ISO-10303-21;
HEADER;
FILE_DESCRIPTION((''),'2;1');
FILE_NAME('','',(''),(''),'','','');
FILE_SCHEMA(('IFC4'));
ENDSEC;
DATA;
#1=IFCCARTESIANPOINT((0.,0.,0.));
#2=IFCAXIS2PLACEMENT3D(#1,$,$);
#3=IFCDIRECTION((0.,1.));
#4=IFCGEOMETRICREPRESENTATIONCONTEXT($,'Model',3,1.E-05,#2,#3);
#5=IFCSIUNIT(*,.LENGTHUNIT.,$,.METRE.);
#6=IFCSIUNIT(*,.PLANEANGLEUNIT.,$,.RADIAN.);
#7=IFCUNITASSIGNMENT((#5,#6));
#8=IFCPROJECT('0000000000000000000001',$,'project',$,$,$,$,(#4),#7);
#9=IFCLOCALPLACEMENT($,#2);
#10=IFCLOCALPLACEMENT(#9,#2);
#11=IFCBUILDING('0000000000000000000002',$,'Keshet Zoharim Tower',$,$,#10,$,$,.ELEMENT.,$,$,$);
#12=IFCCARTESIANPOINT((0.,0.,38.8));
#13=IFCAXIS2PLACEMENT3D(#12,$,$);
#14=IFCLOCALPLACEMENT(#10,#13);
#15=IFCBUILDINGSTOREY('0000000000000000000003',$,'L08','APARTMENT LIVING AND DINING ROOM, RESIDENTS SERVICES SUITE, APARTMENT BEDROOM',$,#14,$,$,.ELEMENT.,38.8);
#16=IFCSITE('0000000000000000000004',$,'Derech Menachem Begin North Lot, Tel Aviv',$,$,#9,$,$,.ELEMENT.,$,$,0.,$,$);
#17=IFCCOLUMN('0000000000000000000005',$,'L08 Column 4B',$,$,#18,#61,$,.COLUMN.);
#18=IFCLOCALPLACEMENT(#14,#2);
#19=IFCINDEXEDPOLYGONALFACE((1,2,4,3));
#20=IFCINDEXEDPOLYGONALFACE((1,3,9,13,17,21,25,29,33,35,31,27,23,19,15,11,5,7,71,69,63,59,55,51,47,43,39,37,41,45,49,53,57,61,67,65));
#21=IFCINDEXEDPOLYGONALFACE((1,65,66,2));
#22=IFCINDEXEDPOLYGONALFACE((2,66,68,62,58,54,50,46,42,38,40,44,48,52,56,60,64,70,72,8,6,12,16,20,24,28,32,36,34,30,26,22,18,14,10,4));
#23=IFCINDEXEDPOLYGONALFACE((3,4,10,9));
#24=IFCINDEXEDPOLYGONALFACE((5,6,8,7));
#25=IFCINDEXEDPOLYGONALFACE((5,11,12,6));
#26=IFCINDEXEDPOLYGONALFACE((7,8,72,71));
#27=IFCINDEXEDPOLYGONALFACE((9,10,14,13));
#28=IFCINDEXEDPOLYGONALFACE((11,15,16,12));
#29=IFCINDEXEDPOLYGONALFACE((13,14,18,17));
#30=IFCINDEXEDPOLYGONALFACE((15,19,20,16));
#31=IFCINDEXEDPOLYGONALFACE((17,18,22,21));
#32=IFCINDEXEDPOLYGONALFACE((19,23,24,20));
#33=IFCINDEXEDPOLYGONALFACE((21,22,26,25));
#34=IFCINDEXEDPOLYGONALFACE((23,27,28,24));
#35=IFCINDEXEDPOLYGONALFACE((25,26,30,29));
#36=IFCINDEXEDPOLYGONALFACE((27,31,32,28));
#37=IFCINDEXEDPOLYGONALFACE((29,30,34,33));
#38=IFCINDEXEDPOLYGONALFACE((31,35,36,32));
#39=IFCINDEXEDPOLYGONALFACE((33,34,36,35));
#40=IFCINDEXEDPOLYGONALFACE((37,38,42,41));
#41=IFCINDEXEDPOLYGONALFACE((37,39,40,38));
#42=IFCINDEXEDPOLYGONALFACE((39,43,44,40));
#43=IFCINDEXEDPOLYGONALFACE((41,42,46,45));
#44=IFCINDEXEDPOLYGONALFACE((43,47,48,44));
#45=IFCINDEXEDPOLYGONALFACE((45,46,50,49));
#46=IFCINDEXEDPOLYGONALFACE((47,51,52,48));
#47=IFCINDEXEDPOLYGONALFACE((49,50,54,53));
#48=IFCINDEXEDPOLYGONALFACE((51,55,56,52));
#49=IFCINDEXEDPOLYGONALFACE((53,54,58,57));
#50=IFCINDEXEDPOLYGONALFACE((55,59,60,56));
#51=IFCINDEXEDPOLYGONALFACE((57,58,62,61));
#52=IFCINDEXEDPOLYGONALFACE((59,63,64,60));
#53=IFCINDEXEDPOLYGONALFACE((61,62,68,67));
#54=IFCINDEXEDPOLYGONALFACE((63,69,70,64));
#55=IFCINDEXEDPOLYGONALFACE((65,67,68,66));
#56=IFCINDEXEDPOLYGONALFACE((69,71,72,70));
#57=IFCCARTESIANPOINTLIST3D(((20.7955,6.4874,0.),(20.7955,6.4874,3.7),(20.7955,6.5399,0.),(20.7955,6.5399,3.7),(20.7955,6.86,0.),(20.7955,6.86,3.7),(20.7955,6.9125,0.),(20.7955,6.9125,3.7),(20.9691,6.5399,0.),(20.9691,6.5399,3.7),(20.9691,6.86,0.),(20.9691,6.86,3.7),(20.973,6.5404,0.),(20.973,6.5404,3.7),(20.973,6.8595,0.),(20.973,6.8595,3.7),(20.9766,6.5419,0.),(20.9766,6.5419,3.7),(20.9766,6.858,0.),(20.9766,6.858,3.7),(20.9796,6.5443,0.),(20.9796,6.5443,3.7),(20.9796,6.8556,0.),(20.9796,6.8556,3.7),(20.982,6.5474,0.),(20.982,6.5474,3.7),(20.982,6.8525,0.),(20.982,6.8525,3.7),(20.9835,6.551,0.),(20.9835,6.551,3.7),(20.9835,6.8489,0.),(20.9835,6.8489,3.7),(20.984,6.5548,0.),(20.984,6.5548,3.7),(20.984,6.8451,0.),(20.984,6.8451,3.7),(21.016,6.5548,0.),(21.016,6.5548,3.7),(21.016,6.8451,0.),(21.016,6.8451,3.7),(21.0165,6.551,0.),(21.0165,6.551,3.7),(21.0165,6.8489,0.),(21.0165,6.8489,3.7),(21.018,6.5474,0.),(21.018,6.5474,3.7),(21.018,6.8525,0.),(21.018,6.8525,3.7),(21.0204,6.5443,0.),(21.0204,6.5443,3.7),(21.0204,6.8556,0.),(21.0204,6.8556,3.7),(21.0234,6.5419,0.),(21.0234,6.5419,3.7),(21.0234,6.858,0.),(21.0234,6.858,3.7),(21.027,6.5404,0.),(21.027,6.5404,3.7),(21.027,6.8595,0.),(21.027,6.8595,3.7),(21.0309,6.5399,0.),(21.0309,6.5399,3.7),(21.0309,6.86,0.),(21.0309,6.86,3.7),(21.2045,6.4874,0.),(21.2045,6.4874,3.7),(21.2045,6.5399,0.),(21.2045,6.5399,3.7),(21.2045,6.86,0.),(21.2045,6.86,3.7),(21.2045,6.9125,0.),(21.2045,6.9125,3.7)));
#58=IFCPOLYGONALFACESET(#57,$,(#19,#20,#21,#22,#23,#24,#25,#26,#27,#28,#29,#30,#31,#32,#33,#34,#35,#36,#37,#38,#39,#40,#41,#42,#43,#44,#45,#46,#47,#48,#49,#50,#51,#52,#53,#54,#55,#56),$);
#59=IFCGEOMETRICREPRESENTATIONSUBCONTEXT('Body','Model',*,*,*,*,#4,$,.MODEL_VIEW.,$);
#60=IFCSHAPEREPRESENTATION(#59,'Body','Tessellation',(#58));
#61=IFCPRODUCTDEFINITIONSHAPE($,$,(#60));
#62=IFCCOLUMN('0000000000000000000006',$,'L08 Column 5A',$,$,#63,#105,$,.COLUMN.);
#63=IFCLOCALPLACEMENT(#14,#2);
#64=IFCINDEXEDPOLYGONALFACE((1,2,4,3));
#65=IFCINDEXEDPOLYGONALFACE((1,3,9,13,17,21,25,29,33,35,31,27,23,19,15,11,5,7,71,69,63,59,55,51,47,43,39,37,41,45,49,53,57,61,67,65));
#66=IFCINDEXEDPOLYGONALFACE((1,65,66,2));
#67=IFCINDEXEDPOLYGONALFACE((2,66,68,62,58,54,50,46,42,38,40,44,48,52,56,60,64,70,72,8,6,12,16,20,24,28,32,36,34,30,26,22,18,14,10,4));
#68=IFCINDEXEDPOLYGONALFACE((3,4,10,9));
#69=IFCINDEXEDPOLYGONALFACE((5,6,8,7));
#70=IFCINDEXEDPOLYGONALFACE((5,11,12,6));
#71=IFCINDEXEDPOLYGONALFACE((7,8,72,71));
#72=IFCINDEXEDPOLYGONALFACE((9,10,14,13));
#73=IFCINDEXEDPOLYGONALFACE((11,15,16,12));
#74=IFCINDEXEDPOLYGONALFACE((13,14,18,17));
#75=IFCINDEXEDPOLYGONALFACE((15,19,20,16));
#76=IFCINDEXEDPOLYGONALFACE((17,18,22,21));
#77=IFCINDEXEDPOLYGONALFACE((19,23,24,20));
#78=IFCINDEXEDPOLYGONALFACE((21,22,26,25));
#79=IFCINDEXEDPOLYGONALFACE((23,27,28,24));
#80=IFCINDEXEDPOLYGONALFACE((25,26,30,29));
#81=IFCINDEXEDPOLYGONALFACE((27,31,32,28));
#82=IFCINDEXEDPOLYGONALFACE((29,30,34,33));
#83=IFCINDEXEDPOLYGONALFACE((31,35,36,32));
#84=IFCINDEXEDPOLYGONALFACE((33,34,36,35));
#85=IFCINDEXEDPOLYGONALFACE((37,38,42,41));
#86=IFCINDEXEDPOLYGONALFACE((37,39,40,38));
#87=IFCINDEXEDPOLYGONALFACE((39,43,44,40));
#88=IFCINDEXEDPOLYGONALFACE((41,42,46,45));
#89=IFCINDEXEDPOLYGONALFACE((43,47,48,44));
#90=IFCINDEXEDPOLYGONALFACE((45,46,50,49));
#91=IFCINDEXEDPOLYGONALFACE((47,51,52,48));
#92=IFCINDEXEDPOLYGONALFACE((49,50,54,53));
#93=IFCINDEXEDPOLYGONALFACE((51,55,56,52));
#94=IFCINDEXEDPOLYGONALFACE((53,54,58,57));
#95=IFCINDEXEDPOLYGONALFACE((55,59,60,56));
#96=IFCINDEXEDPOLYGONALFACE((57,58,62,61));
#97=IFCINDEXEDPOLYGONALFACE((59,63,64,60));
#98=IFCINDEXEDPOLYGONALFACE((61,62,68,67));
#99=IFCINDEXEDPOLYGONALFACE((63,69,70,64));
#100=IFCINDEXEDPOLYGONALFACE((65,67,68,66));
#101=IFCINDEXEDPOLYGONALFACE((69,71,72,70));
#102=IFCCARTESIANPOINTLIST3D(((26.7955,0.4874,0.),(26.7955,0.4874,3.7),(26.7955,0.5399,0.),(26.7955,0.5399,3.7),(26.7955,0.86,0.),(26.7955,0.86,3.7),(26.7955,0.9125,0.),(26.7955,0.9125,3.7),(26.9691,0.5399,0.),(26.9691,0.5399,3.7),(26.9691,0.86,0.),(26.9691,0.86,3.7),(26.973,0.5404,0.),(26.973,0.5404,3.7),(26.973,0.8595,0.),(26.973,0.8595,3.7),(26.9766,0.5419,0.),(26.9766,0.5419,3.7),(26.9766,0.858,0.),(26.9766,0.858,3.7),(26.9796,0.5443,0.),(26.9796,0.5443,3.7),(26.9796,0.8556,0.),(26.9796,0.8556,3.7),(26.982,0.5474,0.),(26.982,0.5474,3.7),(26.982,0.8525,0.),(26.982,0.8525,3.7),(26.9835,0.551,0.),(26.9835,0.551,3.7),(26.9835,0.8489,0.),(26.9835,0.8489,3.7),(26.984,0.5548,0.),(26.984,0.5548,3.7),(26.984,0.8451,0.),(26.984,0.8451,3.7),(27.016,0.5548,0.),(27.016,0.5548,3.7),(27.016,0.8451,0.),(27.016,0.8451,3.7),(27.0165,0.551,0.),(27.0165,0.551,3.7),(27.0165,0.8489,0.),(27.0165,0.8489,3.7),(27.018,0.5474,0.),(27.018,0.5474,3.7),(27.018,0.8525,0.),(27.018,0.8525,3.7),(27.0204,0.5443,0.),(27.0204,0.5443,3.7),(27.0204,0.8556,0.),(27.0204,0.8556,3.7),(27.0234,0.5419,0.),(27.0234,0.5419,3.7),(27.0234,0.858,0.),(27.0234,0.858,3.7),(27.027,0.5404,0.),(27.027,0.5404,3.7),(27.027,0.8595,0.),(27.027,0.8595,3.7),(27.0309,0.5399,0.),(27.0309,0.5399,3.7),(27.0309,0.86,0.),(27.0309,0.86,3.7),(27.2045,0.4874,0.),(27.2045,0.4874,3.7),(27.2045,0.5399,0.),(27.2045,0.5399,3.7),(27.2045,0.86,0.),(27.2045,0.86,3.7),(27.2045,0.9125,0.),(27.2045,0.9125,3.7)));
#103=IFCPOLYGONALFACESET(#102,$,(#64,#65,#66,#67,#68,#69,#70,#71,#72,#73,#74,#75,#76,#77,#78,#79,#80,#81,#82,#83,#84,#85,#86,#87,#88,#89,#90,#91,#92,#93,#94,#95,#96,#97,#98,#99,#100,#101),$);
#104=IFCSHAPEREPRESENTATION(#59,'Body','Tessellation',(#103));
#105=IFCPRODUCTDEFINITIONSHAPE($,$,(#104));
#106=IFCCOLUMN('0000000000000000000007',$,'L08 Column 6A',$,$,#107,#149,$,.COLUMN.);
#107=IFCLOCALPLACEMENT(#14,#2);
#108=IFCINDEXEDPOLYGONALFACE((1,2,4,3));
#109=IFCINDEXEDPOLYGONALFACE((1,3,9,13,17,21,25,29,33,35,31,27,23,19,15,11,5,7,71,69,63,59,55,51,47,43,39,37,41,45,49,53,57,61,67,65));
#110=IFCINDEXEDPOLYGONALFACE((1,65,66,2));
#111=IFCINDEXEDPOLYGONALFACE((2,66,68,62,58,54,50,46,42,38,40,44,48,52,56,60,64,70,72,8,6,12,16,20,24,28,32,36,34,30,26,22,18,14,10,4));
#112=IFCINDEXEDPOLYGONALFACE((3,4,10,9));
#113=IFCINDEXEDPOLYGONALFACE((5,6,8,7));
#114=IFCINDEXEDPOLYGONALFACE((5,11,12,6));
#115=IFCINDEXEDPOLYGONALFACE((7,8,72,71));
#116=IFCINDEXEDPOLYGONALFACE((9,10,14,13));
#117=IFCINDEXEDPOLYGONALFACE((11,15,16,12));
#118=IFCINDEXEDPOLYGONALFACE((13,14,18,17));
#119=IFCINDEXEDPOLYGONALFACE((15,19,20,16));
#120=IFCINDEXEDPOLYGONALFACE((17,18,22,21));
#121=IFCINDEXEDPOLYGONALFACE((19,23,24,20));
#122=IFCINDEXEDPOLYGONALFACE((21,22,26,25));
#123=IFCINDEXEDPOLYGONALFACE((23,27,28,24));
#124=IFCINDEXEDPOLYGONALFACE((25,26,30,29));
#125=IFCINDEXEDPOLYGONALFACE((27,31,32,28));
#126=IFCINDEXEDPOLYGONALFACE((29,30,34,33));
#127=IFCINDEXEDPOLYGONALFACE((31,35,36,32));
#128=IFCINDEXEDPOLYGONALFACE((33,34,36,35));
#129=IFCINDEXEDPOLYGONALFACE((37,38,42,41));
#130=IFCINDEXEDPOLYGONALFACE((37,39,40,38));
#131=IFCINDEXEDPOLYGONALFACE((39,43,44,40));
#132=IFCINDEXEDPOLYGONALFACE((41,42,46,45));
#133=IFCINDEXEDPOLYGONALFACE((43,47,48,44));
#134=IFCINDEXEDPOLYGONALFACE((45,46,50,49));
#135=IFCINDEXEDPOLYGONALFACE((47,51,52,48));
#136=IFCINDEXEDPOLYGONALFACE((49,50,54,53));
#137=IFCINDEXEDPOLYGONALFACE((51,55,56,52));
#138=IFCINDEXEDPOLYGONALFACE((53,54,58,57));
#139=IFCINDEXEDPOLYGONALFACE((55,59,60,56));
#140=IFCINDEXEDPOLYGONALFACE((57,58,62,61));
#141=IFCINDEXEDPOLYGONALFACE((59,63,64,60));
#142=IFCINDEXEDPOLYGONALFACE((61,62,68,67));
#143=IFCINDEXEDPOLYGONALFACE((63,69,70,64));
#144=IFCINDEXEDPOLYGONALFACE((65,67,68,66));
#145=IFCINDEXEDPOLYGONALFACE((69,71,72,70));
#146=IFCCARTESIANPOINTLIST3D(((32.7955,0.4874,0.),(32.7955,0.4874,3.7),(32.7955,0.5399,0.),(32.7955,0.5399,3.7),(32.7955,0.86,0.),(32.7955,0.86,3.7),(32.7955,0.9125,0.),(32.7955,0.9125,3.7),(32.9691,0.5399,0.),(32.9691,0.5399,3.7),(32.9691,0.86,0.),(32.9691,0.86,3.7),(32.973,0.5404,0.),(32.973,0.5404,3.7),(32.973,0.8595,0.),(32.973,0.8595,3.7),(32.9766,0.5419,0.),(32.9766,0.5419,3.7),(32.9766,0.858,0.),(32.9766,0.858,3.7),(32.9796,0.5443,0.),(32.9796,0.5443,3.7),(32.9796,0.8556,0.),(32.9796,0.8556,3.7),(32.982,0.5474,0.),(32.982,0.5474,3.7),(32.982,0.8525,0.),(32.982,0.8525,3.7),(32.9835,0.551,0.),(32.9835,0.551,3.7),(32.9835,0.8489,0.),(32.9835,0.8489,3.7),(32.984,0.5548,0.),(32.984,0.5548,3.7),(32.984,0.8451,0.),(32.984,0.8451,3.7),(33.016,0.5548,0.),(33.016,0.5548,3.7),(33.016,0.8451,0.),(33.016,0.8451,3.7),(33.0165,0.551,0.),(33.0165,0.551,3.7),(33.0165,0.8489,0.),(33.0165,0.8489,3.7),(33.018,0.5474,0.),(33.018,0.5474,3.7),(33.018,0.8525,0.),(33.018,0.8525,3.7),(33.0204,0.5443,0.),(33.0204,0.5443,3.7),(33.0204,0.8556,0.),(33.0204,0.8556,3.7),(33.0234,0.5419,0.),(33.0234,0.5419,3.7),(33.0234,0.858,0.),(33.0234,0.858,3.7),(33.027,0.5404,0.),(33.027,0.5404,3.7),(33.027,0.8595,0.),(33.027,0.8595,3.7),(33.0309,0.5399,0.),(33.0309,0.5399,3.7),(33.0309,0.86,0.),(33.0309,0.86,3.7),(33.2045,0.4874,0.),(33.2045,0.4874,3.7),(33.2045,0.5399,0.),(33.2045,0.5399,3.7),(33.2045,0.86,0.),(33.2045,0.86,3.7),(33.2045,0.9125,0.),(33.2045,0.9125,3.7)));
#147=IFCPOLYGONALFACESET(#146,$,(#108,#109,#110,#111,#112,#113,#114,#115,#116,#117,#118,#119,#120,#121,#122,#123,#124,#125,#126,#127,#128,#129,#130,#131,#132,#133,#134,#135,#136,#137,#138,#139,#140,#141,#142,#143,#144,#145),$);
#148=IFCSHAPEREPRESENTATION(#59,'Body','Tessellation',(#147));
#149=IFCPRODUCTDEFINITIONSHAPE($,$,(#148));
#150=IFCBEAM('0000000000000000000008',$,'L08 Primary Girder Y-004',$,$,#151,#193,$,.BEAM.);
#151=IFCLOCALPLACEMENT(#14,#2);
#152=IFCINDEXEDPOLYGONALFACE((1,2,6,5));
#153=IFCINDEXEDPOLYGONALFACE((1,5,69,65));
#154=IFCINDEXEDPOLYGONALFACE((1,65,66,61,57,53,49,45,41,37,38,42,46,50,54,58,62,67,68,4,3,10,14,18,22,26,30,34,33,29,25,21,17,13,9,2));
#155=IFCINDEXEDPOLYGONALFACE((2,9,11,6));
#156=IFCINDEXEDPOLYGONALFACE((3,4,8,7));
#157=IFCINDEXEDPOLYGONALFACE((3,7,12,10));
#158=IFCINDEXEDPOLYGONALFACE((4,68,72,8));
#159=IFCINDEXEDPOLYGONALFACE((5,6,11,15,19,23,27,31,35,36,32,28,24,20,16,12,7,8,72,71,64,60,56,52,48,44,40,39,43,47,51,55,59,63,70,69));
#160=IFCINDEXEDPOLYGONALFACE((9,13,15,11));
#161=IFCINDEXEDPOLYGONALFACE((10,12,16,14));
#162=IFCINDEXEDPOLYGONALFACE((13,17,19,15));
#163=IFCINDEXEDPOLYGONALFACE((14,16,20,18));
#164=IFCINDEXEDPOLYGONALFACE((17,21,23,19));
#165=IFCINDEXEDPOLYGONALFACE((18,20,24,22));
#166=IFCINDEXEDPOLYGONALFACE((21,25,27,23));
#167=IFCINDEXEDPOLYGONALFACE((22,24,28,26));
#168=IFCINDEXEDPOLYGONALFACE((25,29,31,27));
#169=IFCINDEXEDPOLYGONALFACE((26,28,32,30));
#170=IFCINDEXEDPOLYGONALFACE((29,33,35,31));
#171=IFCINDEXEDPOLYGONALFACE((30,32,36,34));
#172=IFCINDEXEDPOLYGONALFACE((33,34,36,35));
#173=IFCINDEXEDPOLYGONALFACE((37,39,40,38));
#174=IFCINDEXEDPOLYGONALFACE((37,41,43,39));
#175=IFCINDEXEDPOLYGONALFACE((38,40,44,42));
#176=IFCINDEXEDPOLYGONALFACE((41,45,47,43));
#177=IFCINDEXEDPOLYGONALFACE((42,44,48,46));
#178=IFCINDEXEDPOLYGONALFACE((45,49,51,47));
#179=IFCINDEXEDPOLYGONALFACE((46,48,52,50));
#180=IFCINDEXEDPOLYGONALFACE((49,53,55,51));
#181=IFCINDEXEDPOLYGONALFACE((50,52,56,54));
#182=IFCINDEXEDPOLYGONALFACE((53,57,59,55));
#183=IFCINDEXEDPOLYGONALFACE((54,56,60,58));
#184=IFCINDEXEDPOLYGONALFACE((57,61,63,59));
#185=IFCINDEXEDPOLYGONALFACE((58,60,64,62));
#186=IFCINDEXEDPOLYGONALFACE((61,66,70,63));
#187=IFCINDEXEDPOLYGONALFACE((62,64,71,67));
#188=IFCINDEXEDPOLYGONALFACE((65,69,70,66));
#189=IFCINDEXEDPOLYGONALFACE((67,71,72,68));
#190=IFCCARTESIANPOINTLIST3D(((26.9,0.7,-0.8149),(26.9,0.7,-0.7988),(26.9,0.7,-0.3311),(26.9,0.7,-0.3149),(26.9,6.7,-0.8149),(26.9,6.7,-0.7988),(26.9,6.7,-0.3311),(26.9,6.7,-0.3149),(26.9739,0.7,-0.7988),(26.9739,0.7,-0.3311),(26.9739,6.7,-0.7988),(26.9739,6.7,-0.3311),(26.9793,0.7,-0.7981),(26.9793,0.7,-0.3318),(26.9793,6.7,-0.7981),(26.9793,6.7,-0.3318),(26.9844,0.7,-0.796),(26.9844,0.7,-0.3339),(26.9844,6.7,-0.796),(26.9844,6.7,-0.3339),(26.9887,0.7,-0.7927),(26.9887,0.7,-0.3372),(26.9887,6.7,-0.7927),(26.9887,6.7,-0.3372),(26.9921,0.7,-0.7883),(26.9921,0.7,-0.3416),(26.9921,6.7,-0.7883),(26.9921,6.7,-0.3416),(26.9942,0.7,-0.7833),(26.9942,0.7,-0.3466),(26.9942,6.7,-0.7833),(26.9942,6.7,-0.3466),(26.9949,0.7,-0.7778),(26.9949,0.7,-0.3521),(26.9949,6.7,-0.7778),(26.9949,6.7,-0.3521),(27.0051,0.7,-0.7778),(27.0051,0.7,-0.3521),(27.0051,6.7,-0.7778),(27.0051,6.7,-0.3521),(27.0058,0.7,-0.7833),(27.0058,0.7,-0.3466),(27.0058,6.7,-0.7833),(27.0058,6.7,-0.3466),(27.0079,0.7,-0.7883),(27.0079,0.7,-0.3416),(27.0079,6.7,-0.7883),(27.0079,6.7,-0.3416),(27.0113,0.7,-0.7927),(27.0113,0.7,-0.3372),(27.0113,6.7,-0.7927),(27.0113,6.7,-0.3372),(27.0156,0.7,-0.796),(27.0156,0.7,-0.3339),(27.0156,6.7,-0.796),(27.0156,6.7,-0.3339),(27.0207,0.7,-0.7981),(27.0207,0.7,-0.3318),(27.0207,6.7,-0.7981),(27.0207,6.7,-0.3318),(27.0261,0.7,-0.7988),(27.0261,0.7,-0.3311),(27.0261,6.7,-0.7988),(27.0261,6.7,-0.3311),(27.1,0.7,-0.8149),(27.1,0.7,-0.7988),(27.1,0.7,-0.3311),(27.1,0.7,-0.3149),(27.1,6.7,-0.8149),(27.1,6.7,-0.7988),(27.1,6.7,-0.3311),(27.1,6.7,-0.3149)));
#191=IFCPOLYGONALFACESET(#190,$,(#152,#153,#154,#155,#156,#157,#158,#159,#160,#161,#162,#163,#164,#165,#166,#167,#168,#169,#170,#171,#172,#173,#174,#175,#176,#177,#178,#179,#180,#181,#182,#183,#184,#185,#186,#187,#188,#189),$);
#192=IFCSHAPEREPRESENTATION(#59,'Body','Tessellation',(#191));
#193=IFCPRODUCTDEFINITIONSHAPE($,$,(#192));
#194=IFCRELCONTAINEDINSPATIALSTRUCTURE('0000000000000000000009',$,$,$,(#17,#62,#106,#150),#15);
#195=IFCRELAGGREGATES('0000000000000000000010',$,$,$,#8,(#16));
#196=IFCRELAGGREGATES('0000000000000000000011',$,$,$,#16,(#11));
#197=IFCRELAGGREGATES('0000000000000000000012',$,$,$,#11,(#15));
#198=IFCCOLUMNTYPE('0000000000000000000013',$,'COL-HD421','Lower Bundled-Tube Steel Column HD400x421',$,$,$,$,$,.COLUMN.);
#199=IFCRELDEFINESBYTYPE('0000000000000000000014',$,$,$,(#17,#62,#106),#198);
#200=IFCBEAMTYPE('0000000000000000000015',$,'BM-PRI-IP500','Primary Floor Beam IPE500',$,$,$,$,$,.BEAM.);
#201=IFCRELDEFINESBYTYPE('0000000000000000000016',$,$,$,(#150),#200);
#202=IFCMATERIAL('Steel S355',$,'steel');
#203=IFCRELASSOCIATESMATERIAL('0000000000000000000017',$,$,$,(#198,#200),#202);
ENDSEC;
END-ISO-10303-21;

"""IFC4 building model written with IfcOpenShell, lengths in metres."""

from ifc_helpers import new_model, si_unit, direction, frame, origin, origin_2d, place, context, subcontext, project, spatial, i_section, extrude, material, material_profile, profile_set, type_object, element, save


model = new_model("IFC4")

# Units and contexts
model_context = context("Model", 3, precision=1e-05, world=origin(), true_north=direction((0.0, 1.0)))
body_context = subcontext(model_context, "Body", "Model", "MODEL_VIEW")
ifc_project = project(units=[si_unit("LENGTHUNIT", "METRE"), si_unit("PLANEANGLEUNIT", "RADIAN")], contexts=[model_context])

# Site, building, storey
site_placement = place(None, origin())
site = spatial("IfcSite", under=ifc_project, at=site_placement, Name="Derech Menachem Begin North Lot, Tel Aviv", CompositionType="ELEMENT", RefElevation=0.0)
building_placement = place(site_placement, origin())
building = spatial("IfcBuilding", under=site, at=building_placement, Name="Keshet Zoharim Tower", CompositionType="ELEMENT")
storey_placement = place(building_placement, frame((0.0, 0.0, 38.8)))
storey = spatial("IfcBuildingStorey", under=building, at=storey_placement, Name="L08", Description="APARTMENT LIVING AND DINING ROOM, RESIDENTS SERVICES SUITE, APARTMENT BEDROOM", CompositionType="ELEMENT", Elevation=38.8)

# Columns
ifc_material_1 = material(Name="Steel S355", Category="steel")
ifc_material_profile_1 = material_profile(ifc_material_1, i_section(OverallWidth=0.4089, OverallDepth=0.425, WebThickness=0.032, FlangeThickness=0.0525, FilletRadius=0.0149, at=origin_2d()), Name="HD400x421")
ifc_profile_set_1 = profile_set([ifc_material_profile_1], Name="Steel S355")
column_type = type_object("IfcColumnType", Name="COL-HD421", Description="Lower Bundled-Tube Steel Column HD400x421", PredefinedType="COLUMN", material=ifc_profile_set_1)
for number, where, z_axis, x_axis, name in (
    (1, (21.0, 6.7, 0.0), (0.0, 0.0, 1.0), (1.0, 0.0, 0.0), "L08 Column 4B"),
    (2, (27.0, 0.7, 0.0), (0.0, 0.0, 1.0), (1.0, 0.0, 0.0), "L08 Column 5A"),
    (3, (33.0, 0.7, 0.0), (0.0, 0.0, 1.0), (1.0, 0.0, 0.0), "L08 Column 6A"),
):
    element("IfcColumn", number, at=place(storey_placement, frame(where, z_axis=z_axis, x_axis=x_axis)), inside=storey, type_object=column_type, Name=name, PredefinedType="COLUMN", context=body_context, shape_type="SweptSolid", body=[
        extrude(i_section(OverallWidth=0.4089, OverallDepth=0.425, WebThickness=0.032, FlangeThickness=0.0525, FilletRadius=0.0149, at=origin_2d()), origin(), (0.0, 0.0, 1.0), 3.7),
    ])

# Beam
ifc_material_profile_2 = material_profile(ifc_material_1, i_section(OverallWidth=0.2, OverallDepth=0.5, WebThickness=0.0103, FlangeThickness=0.0161, FilletRadius=0.021, at=origin_2d()), Name="IPE500")
ifc_profile_set_2 = profile_set([ifc_material_profile_2], Name="Steel S355")
beam_type_1 = type_object("IfcBeamType", Name="BM-PRI-IP500", Description="Primary Floor Beam IPE500", PredefinedType="BEAM", material=ifc_profile_set_2)
for number, where, z_axis, x_axis, name in (
    (4, (27.0, 0.7, -0.5649), (0.0, 1.0, 0.0), (-1.0, 0.0, 0.0), "L08 Primary Girder Y-004"),
):
    element("IfcBeam", number, at=place(storey_placement, frame(where, z_axis=z_axis, x_axis=x_axis)), inside=storey, type_object=beam_type_1, Name=name, PredefinedType="BEAM", context=body_context, shape_type="SweptSolid", body=[
        extrude(i_section(OverallWidth=0.2, OverallDepth=0.5, WebThickness=0.0103, FlangeThickness=0.0161, FilletRadius=0.021, at=origin_2d()), origin(), (0.0, 0.0, 1.0), 6.0),
    ])

save(model, "model.ifc")
